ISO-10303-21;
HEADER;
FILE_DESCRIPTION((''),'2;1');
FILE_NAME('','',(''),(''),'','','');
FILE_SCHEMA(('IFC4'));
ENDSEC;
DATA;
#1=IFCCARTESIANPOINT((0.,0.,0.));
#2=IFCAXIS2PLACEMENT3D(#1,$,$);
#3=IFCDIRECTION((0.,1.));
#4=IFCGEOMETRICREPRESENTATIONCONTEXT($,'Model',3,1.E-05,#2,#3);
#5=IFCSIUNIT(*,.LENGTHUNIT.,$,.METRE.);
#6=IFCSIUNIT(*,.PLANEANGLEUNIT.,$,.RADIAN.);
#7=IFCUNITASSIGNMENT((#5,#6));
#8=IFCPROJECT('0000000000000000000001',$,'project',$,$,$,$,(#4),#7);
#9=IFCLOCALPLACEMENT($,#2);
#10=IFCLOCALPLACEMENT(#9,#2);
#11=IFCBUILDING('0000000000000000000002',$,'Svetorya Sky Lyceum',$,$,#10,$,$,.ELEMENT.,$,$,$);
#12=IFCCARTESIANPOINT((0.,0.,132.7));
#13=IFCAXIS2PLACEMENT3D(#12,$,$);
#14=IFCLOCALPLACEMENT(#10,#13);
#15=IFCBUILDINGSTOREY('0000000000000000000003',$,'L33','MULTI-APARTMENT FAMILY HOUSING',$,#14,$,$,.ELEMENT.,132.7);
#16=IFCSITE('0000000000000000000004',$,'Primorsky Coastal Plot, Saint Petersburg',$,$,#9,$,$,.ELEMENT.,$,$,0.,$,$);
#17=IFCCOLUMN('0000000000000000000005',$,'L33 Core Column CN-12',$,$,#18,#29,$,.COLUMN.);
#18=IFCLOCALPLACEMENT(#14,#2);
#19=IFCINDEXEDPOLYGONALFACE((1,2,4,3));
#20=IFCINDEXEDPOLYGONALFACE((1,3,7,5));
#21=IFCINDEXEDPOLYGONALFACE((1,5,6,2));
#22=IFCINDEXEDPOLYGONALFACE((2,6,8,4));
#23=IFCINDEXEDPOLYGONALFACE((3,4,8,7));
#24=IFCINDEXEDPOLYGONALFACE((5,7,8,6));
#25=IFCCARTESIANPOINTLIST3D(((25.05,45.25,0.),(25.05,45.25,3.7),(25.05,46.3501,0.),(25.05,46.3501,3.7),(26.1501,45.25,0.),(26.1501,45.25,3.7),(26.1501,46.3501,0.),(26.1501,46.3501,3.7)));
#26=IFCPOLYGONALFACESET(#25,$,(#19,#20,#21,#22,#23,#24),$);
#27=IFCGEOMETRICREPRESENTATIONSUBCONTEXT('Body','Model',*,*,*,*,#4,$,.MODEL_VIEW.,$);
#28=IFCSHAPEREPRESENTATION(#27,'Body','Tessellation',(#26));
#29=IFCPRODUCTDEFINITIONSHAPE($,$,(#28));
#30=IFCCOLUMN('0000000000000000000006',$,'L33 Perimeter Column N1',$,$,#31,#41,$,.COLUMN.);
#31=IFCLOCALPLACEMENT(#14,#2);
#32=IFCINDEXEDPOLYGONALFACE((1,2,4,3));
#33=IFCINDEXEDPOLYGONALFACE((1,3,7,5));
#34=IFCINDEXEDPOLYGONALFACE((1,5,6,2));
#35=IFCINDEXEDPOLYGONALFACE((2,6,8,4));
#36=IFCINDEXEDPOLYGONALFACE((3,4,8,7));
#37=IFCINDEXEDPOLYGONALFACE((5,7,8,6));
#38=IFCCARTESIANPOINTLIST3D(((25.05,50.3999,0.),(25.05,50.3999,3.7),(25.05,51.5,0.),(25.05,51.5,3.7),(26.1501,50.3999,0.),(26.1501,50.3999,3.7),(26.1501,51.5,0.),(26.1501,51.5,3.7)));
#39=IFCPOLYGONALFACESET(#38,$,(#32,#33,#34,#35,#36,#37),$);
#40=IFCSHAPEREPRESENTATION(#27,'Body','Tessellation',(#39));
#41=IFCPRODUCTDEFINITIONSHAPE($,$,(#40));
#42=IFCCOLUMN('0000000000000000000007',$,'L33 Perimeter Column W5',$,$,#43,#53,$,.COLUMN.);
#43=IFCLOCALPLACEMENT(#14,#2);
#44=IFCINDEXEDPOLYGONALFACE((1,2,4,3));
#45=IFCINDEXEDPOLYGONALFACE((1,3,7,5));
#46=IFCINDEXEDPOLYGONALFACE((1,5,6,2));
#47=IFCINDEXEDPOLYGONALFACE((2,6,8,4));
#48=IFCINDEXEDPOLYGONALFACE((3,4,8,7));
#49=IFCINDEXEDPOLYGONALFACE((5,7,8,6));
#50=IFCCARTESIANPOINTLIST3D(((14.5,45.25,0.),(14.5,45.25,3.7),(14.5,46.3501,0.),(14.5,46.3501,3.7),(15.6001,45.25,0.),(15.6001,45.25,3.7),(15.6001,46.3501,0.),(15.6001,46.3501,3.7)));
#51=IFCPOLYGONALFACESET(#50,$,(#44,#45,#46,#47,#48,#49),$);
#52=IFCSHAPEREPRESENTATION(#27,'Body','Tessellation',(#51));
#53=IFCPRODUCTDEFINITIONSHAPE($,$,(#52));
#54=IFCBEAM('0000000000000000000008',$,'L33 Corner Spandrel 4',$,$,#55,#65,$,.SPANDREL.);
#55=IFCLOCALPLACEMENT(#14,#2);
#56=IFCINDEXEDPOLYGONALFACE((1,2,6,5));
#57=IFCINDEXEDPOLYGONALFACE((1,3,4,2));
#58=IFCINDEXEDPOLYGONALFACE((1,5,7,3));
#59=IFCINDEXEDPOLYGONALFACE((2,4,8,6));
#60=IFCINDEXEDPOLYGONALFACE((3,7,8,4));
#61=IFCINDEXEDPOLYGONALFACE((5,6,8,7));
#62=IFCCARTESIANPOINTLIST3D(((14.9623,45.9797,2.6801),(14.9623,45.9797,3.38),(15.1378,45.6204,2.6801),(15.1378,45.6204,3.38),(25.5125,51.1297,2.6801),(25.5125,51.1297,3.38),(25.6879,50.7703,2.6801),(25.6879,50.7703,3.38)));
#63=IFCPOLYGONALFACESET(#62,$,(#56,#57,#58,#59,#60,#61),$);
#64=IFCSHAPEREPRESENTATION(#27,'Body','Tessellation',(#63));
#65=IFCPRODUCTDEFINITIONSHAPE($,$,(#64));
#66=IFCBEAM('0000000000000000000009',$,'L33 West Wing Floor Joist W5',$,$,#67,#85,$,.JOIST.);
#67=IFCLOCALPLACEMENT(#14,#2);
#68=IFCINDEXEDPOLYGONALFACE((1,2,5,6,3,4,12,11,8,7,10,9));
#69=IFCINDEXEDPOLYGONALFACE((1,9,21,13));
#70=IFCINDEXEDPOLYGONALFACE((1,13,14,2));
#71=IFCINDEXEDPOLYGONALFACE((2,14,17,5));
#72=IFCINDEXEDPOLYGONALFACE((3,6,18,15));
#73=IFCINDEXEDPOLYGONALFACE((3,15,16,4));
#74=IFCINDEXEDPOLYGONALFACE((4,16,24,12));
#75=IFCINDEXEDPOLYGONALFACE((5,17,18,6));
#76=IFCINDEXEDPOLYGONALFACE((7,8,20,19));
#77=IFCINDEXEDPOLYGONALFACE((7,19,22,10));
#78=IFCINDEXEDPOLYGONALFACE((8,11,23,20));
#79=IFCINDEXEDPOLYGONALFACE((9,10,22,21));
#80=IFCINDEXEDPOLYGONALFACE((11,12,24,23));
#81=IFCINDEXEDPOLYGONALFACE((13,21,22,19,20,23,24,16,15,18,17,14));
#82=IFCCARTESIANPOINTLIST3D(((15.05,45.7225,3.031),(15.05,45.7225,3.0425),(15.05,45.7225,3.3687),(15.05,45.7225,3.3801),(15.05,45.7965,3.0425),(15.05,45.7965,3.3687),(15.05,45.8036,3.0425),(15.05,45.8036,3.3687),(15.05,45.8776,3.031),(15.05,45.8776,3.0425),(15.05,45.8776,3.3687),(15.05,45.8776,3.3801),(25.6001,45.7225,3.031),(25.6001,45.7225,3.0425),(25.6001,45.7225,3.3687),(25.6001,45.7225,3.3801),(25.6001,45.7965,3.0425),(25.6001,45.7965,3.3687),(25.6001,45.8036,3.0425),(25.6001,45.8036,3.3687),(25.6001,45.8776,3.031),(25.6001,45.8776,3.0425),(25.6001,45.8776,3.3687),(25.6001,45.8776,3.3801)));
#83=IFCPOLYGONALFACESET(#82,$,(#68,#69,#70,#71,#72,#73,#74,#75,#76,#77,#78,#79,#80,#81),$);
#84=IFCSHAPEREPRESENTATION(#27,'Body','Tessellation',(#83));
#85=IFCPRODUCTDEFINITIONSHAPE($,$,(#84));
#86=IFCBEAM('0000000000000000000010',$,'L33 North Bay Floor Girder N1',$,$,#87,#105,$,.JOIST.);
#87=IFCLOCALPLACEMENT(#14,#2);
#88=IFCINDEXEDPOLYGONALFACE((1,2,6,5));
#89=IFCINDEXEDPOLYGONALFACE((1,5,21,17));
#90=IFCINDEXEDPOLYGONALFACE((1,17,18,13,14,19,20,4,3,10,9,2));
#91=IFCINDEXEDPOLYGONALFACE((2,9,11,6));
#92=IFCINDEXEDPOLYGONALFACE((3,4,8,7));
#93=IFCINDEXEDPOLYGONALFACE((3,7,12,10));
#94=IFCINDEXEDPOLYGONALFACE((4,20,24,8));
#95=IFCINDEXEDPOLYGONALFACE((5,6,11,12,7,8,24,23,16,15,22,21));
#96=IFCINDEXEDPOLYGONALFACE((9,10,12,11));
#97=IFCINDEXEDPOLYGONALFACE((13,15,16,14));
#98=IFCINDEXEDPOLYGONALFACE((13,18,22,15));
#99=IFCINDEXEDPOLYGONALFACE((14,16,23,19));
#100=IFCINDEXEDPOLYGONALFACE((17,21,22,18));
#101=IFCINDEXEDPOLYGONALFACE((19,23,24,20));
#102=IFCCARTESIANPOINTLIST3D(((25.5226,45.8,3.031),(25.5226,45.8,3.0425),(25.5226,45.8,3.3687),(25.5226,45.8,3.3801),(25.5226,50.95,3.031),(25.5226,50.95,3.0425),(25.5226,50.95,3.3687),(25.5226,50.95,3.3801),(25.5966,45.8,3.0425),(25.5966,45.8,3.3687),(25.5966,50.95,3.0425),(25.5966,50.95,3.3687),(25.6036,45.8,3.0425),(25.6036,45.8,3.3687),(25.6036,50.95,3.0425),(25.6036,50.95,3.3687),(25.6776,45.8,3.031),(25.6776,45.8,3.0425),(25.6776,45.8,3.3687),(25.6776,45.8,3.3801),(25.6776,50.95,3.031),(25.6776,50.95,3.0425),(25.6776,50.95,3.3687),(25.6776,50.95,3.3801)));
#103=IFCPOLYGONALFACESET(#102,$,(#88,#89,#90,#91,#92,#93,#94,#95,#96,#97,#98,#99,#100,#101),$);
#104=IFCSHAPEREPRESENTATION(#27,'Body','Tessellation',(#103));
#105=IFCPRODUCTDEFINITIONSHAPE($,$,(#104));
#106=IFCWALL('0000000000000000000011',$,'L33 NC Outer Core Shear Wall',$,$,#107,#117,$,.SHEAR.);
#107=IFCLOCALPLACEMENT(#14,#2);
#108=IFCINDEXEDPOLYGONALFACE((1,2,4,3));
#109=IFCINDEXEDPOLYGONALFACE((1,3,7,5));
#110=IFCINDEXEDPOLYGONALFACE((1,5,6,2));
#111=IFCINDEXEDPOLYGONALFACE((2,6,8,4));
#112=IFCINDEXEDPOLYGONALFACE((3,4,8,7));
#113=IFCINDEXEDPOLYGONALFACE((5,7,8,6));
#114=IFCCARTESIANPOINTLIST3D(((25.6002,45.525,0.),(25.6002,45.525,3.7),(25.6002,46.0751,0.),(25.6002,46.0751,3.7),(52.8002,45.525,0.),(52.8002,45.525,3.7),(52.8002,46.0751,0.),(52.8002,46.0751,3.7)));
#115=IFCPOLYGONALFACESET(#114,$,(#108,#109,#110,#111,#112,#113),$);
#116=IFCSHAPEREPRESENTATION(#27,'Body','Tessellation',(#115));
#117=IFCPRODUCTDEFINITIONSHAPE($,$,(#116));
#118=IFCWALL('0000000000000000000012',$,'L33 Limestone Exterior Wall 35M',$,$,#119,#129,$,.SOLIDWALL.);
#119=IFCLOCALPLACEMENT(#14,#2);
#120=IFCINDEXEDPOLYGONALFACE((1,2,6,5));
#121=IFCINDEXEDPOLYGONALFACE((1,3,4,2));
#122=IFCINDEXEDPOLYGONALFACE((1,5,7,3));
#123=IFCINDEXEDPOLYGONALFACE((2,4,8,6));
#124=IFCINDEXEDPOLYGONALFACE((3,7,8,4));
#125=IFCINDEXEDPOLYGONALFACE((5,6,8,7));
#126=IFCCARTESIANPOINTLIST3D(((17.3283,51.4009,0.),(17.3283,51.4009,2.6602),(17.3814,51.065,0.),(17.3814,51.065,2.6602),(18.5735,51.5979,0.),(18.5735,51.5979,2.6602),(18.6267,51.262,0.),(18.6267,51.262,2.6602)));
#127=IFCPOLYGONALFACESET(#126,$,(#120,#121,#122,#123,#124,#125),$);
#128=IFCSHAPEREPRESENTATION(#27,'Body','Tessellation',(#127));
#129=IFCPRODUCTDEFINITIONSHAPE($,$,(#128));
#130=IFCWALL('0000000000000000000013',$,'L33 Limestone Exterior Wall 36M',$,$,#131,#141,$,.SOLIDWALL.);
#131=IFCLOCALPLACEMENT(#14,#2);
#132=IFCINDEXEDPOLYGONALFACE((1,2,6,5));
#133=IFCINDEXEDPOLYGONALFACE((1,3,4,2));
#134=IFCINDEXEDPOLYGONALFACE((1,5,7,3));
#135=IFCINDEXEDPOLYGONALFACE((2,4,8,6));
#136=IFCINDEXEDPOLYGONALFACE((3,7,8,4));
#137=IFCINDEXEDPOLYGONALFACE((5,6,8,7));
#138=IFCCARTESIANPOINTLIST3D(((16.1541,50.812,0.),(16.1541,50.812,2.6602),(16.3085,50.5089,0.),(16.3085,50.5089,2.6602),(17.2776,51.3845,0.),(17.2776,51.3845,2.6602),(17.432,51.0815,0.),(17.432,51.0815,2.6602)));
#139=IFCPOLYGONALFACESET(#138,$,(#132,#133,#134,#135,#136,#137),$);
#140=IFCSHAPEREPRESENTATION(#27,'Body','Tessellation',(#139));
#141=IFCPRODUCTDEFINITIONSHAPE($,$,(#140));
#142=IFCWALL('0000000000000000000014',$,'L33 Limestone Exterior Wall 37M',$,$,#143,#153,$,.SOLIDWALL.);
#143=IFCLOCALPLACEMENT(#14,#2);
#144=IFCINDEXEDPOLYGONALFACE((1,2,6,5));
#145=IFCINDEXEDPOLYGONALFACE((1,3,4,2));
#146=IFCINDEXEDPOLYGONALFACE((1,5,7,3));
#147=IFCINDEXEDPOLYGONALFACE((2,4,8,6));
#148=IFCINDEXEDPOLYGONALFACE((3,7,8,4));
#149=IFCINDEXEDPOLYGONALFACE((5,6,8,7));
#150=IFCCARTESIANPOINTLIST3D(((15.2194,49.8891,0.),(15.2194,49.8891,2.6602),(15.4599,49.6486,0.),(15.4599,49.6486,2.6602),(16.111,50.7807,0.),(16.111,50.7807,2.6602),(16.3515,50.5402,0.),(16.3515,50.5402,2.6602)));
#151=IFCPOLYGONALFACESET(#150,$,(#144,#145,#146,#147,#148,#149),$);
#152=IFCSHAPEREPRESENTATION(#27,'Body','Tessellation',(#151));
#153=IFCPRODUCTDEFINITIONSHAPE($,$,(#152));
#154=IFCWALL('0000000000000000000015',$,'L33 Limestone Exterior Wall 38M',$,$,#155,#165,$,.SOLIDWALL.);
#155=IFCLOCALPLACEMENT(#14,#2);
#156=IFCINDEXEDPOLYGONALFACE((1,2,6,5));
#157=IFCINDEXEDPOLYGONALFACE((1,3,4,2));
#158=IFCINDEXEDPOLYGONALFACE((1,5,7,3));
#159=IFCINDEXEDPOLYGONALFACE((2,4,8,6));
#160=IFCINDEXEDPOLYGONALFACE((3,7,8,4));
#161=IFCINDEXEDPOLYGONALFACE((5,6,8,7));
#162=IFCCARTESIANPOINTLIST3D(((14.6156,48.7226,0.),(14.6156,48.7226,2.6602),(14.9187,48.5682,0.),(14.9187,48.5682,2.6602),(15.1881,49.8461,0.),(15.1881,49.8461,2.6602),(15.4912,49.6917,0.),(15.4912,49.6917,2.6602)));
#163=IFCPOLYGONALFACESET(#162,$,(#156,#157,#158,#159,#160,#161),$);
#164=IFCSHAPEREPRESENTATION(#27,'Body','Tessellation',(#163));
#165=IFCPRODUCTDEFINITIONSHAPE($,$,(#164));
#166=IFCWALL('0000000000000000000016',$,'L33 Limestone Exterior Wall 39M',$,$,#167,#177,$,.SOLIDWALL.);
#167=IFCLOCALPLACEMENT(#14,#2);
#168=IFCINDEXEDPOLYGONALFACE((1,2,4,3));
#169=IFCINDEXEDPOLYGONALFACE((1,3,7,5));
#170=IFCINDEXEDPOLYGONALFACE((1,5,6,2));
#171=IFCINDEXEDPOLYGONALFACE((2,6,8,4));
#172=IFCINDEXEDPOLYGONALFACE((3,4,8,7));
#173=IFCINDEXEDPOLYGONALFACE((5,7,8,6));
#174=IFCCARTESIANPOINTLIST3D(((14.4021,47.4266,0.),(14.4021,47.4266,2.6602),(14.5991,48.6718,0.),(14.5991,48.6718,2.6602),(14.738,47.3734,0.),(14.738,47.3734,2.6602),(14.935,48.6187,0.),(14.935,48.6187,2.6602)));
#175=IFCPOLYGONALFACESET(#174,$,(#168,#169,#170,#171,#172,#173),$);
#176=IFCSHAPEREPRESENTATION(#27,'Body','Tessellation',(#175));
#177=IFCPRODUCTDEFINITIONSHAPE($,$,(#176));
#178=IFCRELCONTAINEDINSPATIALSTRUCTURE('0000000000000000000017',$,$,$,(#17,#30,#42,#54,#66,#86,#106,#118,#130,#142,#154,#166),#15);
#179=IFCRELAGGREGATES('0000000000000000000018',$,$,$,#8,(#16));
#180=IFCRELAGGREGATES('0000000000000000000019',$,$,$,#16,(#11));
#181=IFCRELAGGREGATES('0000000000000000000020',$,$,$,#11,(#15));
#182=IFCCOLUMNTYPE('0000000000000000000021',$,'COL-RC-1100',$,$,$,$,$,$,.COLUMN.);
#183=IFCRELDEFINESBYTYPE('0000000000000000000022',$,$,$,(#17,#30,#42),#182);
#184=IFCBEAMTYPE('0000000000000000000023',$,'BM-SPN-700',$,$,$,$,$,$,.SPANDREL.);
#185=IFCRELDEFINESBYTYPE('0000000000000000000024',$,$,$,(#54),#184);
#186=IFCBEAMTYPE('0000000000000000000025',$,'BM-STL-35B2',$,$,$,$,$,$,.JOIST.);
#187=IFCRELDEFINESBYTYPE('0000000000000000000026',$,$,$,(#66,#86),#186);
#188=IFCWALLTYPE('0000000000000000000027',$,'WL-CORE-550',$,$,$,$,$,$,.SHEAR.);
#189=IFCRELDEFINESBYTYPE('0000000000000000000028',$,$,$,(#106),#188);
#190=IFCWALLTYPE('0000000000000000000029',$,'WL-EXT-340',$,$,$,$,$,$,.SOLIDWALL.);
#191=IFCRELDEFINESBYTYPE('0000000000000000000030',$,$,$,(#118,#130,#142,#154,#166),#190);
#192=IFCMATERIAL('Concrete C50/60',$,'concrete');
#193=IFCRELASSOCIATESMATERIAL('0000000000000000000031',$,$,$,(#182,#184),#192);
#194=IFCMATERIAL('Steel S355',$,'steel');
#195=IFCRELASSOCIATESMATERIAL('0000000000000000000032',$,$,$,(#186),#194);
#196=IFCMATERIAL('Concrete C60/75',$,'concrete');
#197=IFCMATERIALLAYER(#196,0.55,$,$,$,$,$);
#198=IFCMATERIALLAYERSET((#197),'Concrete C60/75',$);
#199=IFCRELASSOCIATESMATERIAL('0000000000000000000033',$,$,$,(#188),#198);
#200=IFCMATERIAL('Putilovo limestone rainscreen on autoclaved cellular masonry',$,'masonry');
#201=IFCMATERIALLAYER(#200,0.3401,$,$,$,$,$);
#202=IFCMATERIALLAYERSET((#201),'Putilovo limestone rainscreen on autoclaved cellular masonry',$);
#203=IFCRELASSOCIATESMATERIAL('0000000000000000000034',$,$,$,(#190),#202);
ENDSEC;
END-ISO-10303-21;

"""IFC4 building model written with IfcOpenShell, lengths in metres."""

from ifc_helpers import new_model, si_unit, direction, frame, frame_2d, origin, origin_2d, place, context, subcontext, project, spatial, rectangle, i_section, extrude, material, layer, layer_set, material_profile, profile_set, type_object, element, save


model = new_model("IFC4")

# Units and contexts
model_context = context("Model", 3, precision=1e-05, world=origin(), true_north=direction((0.0, 1.0)))
body_context = subcontext(model_context, "Body", "Model", "MODEL_VIEW")
ifc_project = project(units=[si_unit("LENGTHUNIT", "METRE"), si_unit("PLANEANGLEUNIT", "RADIAN")], contexts=[model_context])

# Site, building, storey
site_placement = place(None, origin())
site = spatial("IfcSite", under=ifc_project, at=site_placement, Name="Primorsky Coastal Plot, Saint Petersburg", CompositionType="ELEMENT", RefElevation=0.0)
building_placement = place(site_placement, origin())
building = spatial("IfcBuilding", under=site, at=building_placement, Name="Svetorya Sky Lyceum", CompositionType="ELEMENT")
storey_placement = place(building_placement, frame((0.0, 0.0, 132.7)))
storey = spatial("IfcBuildingStorey", under=building, at=storey_placement, Name="L33", Description="MULTI-APARTMENT FAMILY HOUSING", CompositionType="ELEMENT", Elevation=132.7)

# Columns
ifc_material_1 = material(Name="Concrete C50/60", Category="concrete")
ifc_material_profile_1 = material_profile(ifc_material_1, rectangle(XDim=1.1001, YDim=1.1001, at=origin_2d()), Name="RC COL 1100x1100")
ifc_profile_set_1 = profile_set([ifc_material_profile_1], Name="Concrete C50/60")
column_type = type_object("IfcColumnType", Name="COL-RC-1100", PredefinedType="COLUMN", material=ifc_profile_set_1)
for number, where, z_axis, x_axis, name in (
    (1, (25.6001, 45.8, 0.0), (0.0, 0.0, 1.0), (1.0, 0.0, 0.0), "L33 Core Column CN-12"),
    (2, (25.6001, 50.95, 0.0), (0.0, 0.0, 1.0), (1.0, 0.0, 0.0), "L33 Perimeter Column N1"),
    (3, (15.05, 45.8, 0.0), (0.0, 0.0, 1.0), (1.0, 0.0, 0.0), "L33 Perimeter Column W5"),
):
    element("IfcColumn", number, at=place(storey_placement, frame(where, z_axis=z_axis, x_axis=x_axis)), inside=storey, type_object=column_type, Name=name, PredefinedType="COLUMN", context=body_context, shape_type="SweptSolid", body=[
        extrude(rectangle(XDim=1.1001, YDim=1.1001, at=origin_2d()), origin(), (0.0, 0.0, 1.0), 3.7),
    ])

# Beams
ifc_material_profile_2 = material_profile(ifc_material_1, rectangle(XDim=0.3999, YDim=0.7, at=origin_2d()), Name="RC SPANDREL 400x700")
ifc_profile_set_2 = profile_set([ifc_material_profile_2], Name="Concrete C50/60")
beam_type_1 = type_object("IfcBeamType", Name="BM-SPN-700", PredefinedType="SPANDREL", material=ifc_profile_set_2)
beam_1_placement = place(storey_placement, frame((15.05, 45.8, 3.03), z_axis=(0.89865, 0.438667, 0.0), x_axis=(-0.438667, 0.89865, 0.0)))
element("IfcBeam", 4, at=beam_1_placement, inside=storey, type_object=beam_type_1, Name="L33 Corner Spandrel 4", PredefinedType="SPANDREL", context=body_context, shape_type="SweptSolid", body=[
    extrude(rectangle(XDim=0.3999, YDim=0.7, at=origin_2d()), origin(), (0.0, 0.0, 1.0), 11.74),
])
ifc_material_2 = material(Name="Steel S355", Category="steel")
ifc_material_profile_3 = material_profile(ifc_material_2, i_section(OverallWidth=0.155, OverallDepth=0.3491, WebThickness=0.0071, FlangeThickness=0.0115, at=origin_2d()), Name="GOST 35B2")
ifc_profile_set_3 = profile_set([ifc_material_profile_3], Name="Steel S355")
beam_type_2 = type_object("IfcBeamType", Name="BM-STL-35B2", PredefinedType="JOIST", material=ifc_profile_set_3)
beam_2_placement = place(storey_placement, frame((15.05, 45.8, 3.2056), z_axis=(1.0, 0.0, 0.0), x_axis=(0.0, 1.0, 0.0)))
element("IfcBeam", 5, at=beam_2_placement, inside=storey, type_object=beam_type_2, Name="L33 West Wing Floor Joist W5", PredefinedType="JOIST", context=body_context, shape_type="SweptSolid", body=[
    extrude(i_section(OverallWidth=0.155, OverallDepth=0.3491, WebThickness=0.0071, FlangeThickness=0.0115, at=origin_2d()), origin(), (0.0, 0.0, 1.0), 10.55),
])
beam_3_placement = place(storey_placement, frame((25.6001, 45.8, 3.2056), z_axis=(0.0, 1.0, 0.0), x_axis=(-1.0, 0.0, 0.0)))
element("IfcBeam", 6, at=beam_3_placement, inside=storey, type_object=beam_type_2, Name="L33 North Bay Floor Girder N1", PredefinedType="JOIST", context=body_context, shape_type="SweptSolid", body=[
    extrude(i_section(OverallWidth=0.155, OverallDepth=0.3491, WebThickness=0.0071, FlangeThickness=0.0115, at=origin_2d()), origin(), (0.0, 0.0, 1.0), 5.1499),
])

# Walls
ifc_material_3 = material(Name="Concrete C60/75", Category="concrete")
ifc_layer_1 = layer(ifc_material_3, 0.55)
ifc_layer_set_1 = layer_set([ifc_layer_1], Name="Concrete C60/75")
wall_type_1 = type_object("IfcWallType", Name="WL-CORE-550", PredefinedType="SHEAR", material=ifc_layer_set_1)
wall_1_placement = place(storey_placement, frame((25.6001, 45.8, 0.0), z_axis=(0.0, 0.0, 1.0), x_axis=(1.0, 0.0, 0.0)))
element("IfcWall", 7, at=wall_1_placement, inside=storey, type_object=wall_type_1, Name="L33 NC Outer Core Shear Wall", PredefinedType="SHEAR", context=body_context, shape_type="SweptSolid", body=[
    extrude(rectangle(XDim=27.2, YDim=0.55, at=frame_2d((13.6001, 0.0))), origin(), (0.0, 0.0, 1.0), 3.7),
])
ifc_material_4 = material(Name="Putilovo limestone rainscreen on autoclaved cellular masonry", Category="masonry")
ifc_layer_2 = layer(ifc_material_4, 0.3401)
ifc_layer_set_2 = layer_set([ifc_layer_2], Name="Putilovo limestone rainscreen on autoclaved cellular masonry")
wall_type_2 = type_object("IfcWallType", Name="WL-EXT-340", PredefinedType="SOLIDWALL", material=ifc_layer_set_2)
wall_2_placement = place(storey_placement, frame((18.6001, 51.4299, 0.0), z_axis=(0.0, 0.0, 1.0), x_axis=(-0.987716, -0.156261, 0.0)))
element("IfcWall", 8, at=wall_2_placement, inside=storey, type_object=wall_type_2, Name="L33 Limestone Exterior Wall 35M", PredefinedType="SOLIDWALL", context=body_context, shape_type="SweptSolid", body=[
    extrude(rectangle(XDim=1.2607, YDim=0.3401, at=frame_2d((0.6304, 0.0))), origin(), (0.0, 0.0, 1.0), 2.6602),
])
for number, where, z_axis, x_axis, name in (
    (9, (17.3547, 51.2329, 0.0), (0.0, 0.0, 1.0), (-0.890994, -0.454016, 0.0), "L33 Limestone Exterior Wall 36M"),
    (10, (16.2312, 50.6604, 0.0), (0.0, 0.0, 1.0), (-0.707107, -0.707107, 0.0), "L33 Limestone Exterior Wall 37M"),
    (11, (15.3396, 49.7688, 0.0), (0.0, 0.0, 1.0), (-0.454016, -0.890994, 0.0), "L33 Limestone Exterior Wall 38M"),
):
    element("IfcWall", number, at=place(storey_placement, frame(where, z_axis=z_axis, x_axis=x_axis)), inside=storey, type_object=wall_type_2, Name=name, PredefinedType="SOLIDWALL", context=body_context, shape_type="SweptSolid", body=[
        extrude(rectangle(XDim=1.261, YDim=0.3401, at=frame_2d((0.6304, 0.0))), origin(), (0.0, 0.0, 1.0), 2.6602),
    ])
wall_3_placement = place(storey_placement, frame((14.7671, 48.6453, 0.0), z_axis=(0.0, 0.0, 1.0), x_axis=(-0.156261, -0.987716, 0.0)))
element("IfcWall", 12, at=wall_3_placement, inside=storey, type_object=wall_type_2, Name="L33 Limestone Exterior Wall 39M", PredefinedType="SOLIDWALL", context=body_context, shape_type="SweptSolid", body=[
    extrude(rectangle(XDim=1.2607, YDim=0.3401, at=frame_2d((0.6304, 0.0))), origin(), (0.0, 0.0, 1.0), 2.6602),
])

save(model, "model.ifc")
